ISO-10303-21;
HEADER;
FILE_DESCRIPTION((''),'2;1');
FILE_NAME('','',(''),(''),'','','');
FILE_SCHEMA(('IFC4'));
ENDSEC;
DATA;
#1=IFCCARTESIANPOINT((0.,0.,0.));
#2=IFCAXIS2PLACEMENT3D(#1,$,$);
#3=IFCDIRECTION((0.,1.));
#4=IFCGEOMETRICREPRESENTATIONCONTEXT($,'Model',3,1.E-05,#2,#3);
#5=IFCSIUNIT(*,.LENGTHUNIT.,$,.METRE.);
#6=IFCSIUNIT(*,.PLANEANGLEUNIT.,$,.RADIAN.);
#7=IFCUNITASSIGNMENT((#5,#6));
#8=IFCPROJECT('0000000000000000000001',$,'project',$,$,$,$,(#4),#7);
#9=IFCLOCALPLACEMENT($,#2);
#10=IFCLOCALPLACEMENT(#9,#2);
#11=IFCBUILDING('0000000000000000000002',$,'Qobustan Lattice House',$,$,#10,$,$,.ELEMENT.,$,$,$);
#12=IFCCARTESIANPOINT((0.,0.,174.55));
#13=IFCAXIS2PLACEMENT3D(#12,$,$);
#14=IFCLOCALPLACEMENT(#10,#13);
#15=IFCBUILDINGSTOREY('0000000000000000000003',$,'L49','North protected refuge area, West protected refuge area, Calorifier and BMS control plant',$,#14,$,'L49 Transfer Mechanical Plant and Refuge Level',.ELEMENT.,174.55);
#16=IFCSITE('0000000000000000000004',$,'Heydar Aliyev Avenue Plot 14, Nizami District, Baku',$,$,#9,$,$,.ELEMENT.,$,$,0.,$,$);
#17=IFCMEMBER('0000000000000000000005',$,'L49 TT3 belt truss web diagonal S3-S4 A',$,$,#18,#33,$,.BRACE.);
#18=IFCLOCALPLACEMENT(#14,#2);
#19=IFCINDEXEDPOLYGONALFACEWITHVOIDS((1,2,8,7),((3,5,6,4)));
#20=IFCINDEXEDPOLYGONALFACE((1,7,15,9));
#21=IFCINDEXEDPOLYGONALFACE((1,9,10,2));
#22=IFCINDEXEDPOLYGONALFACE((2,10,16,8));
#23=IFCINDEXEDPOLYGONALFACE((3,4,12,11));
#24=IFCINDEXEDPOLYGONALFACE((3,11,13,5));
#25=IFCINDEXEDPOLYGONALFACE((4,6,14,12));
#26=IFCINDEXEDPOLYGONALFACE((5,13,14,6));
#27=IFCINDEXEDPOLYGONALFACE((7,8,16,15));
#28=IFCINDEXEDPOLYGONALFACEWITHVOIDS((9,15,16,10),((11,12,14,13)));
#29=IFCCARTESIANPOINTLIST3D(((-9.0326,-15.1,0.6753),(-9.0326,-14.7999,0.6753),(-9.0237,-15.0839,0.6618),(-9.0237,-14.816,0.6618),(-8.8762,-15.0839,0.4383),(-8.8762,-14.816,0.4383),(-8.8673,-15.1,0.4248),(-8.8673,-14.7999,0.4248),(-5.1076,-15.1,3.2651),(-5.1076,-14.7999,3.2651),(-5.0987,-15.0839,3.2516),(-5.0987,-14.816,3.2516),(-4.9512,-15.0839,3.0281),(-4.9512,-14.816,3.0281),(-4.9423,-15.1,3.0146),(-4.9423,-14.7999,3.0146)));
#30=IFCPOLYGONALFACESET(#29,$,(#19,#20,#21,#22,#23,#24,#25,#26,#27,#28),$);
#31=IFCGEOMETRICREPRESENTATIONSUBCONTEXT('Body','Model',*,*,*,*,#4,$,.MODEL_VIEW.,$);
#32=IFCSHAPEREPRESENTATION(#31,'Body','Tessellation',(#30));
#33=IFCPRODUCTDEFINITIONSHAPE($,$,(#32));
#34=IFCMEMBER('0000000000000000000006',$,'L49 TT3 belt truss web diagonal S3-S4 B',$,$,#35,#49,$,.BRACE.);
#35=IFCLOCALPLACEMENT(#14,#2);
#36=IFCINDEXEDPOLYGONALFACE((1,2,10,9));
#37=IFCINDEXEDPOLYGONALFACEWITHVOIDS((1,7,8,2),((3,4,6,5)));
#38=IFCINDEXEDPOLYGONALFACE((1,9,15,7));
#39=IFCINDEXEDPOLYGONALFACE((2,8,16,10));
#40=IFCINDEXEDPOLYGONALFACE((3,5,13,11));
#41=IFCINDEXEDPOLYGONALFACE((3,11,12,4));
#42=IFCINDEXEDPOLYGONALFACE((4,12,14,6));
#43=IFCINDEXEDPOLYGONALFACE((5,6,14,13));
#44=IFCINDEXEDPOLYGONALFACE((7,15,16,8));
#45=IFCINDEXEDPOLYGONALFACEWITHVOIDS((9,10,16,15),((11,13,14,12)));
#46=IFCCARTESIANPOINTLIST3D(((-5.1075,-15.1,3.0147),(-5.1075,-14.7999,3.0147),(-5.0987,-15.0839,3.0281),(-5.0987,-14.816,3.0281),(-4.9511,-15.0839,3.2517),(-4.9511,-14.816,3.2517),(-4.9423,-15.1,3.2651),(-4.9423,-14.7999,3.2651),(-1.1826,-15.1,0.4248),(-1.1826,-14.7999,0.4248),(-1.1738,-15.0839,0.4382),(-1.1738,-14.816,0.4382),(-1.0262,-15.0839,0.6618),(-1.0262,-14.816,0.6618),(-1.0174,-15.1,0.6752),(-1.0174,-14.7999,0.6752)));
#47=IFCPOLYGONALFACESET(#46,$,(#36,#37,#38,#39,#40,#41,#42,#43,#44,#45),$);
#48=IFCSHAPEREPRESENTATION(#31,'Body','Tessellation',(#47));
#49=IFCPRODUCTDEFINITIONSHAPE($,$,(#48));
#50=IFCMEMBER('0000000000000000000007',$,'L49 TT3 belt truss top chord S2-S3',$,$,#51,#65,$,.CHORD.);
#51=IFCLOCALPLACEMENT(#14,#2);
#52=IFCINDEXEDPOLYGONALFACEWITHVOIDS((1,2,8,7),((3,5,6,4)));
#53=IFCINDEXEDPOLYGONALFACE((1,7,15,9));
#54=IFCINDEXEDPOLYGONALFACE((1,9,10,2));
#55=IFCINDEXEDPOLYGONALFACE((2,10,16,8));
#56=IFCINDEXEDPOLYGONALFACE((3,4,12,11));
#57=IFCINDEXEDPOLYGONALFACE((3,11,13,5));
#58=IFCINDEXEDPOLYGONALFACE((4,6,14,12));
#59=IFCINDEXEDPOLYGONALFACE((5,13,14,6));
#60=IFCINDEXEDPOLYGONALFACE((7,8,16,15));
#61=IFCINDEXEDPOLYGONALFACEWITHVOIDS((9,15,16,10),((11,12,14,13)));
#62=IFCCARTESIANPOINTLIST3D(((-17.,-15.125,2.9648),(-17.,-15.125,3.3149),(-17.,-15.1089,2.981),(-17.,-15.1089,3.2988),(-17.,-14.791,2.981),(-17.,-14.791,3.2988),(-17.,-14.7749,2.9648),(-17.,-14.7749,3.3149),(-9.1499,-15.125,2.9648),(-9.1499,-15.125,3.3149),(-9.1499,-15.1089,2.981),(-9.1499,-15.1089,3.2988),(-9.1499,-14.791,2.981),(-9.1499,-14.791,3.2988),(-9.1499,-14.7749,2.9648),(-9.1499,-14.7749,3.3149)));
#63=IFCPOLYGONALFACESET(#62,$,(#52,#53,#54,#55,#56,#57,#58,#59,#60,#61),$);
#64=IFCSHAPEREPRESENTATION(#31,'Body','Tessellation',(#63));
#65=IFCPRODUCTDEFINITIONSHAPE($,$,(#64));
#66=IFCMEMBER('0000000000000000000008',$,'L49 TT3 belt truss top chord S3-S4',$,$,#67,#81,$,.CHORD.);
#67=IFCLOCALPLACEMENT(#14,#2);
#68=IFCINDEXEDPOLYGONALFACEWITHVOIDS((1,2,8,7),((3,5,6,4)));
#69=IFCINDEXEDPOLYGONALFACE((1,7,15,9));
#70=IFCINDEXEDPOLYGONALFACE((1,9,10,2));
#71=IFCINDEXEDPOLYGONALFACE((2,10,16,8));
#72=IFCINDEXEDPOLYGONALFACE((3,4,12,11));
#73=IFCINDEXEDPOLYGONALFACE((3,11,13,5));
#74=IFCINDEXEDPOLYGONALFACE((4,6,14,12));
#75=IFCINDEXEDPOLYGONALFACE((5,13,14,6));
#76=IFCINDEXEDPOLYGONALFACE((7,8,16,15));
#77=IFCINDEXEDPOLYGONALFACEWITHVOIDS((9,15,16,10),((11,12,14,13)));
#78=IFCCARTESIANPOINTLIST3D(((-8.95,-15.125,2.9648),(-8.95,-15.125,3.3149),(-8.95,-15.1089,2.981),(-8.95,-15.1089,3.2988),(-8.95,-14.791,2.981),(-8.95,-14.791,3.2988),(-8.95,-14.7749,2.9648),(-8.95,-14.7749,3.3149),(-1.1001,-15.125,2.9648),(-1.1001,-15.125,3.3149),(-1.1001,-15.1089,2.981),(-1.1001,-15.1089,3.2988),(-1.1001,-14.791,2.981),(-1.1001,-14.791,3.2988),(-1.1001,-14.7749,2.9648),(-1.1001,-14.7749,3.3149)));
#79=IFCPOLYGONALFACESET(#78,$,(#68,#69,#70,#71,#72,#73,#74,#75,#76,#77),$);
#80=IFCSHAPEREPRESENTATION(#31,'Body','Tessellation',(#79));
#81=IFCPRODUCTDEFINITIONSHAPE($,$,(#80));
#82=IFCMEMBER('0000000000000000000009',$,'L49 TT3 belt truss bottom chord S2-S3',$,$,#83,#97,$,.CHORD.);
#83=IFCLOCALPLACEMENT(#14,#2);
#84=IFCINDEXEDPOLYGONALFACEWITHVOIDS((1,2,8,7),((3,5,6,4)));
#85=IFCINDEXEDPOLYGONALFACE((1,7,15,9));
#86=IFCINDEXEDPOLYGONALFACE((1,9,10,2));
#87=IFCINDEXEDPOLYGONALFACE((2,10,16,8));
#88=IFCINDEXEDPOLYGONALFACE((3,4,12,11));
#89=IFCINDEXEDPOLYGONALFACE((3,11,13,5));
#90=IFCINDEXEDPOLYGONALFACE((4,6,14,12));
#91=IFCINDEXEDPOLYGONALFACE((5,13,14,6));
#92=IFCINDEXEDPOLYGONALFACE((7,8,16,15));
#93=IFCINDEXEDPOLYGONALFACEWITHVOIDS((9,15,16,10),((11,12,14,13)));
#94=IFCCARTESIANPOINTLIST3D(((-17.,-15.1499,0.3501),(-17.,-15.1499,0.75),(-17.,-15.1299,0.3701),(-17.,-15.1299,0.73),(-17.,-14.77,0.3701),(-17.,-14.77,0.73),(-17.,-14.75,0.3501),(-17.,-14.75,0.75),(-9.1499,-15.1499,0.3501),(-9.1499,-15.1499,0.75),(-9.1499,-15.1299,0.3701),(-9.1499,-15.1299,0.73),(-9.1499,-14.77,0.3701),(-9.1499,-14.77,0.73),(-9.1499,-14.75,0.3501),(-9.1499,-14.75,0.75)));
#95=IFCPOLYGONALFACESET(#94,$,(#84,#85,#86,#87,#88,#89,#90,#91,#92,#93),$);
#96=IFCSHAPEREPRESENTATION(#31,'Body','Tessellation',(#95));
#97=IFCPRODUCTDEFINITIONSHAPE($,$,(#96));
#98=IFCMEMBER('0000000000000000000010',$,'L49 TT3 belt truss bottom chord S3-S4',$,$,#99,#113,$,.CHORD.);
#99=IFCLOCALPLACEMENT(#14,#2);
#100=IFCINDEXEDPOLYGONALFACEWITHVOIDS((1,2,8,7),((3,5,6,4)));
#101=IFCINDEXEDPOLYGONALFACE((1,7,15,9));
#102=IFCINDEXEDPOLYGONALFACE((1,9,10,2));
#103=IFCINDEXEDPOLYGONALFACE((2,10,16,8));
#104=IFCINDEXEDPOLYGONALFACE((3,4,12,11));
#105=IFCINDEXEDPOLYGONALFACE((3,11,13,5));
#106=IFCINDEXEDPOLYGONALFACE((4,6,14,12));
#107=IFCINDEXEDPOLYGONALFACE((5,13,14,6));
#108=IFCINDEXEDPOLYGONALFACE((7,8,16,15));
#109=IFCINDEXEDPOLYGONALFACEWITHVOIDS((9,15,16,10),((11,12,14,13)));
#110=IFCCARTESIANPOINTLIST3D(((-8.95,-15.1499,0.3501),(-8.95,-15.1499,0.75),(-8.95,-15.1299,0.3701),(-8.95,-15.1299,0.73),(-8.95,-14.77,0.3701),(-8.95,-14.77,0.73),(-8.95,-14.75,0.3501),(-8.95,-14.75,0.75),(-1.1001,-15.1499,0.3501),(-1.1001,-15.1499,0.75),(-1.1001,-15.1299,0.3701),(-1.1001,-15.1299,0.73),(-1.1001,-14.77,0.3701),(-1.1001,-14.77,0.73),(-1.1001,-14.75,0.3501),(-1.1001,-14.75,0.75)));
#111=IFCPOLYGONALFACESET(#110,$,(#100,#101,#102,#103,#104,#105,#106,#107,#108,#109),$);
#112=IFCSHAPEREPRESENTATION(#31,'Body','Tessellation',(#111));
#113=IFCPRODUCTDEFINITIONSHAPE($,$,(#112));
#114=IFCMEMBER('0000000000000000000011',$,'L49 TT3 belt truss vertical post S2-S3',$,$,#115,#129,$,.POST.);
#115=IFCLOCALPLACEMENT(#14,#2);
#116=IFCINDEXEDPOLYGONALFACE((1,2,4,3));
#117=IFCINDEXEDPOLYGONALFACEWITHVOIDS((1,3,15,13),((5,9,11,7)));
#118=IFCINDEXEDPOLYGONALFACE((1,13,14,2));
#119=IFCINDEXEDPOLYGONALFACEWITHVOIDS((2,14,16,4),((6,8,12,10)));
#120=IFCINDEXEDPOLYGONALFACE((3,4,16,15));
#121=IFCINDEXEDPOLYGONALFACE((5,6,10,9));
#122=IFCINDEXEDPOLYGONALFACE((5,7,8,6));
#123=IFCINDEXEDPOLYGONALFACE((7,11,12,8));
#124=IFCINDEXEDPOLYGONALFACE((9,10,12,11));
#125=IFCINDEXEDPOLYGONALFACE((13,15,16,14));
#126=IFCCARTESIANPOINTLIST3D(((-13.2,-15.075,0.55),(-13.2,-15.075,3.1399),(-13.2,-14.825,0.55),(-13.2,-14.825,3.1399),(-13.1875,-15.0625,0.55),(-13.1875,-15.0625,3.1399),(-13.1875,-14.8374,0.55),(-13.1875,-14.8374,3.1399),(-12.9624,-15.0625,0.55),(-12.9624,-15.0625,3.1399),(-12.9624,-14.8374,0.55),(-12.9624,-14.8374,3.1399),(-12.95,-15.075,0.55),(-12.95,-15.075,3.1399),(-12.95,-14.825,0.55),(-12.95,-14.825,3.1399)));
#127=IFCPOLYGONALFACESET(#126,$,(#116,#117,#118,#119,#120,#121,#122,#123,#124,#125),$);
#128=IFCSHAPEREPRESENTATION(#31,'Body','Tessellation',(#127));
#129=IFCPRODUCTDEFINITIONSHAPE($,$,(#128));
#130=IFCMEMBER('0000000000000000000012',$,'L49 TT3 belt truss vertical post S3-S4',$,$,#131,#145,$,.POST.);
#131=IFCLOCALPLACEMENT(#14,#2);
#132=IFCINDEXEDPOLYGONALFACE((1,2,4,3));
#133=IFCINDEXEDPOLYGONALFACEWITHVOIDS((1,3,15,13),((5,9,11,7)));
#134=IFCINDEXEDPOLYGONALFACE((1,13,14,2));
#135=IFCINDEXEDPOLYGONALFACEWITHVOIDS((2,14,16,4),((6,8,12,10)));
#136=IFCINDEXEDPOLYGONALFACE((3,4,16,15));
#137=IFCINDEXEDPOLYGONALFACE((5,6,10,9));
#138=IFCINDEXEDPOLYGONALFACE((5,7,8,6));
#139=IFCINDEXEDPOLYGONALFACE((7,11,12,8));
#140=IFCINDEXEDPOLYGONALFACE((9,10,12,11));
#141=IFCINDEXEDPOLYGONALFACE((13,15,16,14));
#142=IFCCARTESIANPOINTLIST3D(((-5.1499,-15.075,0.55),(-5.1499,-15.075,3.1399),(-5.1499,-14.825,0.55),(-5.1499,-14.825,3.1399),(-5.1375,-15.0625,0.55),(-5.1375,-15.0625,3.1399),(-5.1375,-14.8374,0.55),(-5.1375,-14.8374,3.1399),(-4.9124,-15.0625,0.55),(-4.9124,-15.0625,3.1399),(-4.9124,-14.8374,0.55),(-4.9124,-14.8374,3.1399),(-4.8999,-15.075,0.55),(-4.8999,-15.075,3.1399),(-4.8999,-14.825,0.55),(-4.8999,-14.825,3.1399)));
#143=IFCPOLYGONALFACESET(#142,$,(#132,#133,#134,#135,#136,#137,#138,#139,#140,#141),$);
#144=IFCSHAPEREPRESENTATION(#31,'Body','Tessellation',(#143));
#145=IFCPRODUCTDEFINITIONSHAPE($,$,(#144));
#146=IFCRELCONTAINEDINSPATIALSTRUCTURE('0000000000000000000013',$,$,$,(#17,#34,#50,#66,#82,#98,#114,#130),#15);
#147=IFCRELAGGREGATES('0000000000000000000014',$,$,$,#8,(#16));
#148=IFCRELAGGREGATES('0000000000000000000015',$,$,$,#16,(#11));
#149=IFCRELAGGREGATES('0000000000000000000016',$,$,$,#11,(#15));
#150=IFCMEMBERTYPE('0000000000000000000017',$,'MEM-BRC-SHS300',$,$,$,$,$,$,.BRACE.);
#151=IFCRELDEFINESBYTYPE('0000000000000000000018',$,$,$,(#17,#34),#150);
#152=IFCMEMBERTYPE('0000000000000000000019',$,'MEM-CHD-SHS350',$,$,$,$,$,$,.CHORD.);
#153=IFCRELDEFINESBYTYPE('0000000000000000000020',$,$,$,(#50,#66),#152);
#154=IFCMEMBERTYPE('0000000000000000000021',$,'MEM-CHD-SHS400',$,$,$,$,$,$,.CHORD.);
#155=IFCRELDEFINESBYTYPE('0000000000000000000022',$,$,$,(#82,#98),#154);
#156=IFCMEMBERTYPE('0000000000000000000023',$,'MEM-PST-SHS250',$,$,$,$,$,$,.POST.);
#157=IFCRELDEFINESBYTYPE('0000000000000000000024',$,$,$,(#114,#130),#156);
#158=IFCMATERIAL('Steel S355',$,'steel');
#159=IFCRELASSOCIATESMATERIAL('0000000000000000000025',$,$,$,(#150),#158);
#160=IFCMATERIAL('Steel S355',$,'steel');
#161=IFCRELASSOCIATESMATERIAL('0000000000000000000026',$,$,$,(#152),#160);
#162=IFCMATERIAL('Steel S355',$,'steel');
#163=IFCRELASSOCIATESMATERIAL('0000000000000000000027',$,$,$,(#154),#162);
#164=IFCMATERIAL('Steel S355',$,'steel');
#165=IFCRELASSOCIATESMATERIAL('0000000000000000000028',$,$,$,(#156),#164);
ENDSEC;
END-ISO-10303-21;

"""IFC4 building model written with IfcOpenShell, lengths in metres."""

from ifc_helpers import new_model, si_unit, direction, frame, origin, origin_2d, place, context, subcontext, project, spatial, hollow_rectangle, extrude, material, material_profile, profile_set, type_object, element, save


model = new_model("IFC4")

# Units and contexts
model_context = context("Model", 3, precision=1e-05, world=origin(), true_north=direction((0.0, 1.0)))
body_context = subcontext(model_context, "Body", "Model", "MODEL_VIEW")
ifc_project = project(units=[si_unit("LENGTHUNIT", "METRE"), si_unit("PLANEANGLEUNIT", "RADIAN")], contexts=[model_context])

# Site, building, storey
site_placement = place(None, origin())
site = spatial("IfcSite", under=ifc_project, at=site_placement, Name="Heydar Aliyev Avenue Plot 14, Nizami District, Baku", CompositionType="ELEMENT", RefElevation=0.0)
building_placement = place(site_placement, origin())
building = spatial("IfcBuilding", under=site, at=building_placement, Name="Qobustan Lattice House", CompositionType="ELEMENT")
storey_placement = place(building_placement, frame((0.0, 0.0, 174.55)))
storey = spatial("IfcBuildingStorey", under=building, at=storey_placement, Name="L49", Description="North protected refuge area, West protected refuge area, Calorifier and BMS control plant", LongName="L49 Transfer Mechanical Plant and Refuge Level", CompositionType="ELEMENT", Elevation=174.55)

# Members
ifc_material_1 = material(Name="Steel S355", Category="steel")
ifc_material_profile_1 = material_profile(ifc_material_1, hollow_rectangle(XDim=0.3, YDim=0.3, WallThickness=0.0161, at=origin_2d()), Name="SHS300x300x16")
ifc_profile_set_1 = profile_set([ifc_material_profile_1], Name="Steel S355")
member_type_1 = type_object("IfcMemberType", Name="MEM-BRC-SHS300", PredefinedType="BRACE", material=ifc_profile_set_1)
for number, where, z_axis, x_axis, name in (
    (1, (-8.95, -14.95, 0.55), (0.834677, 0.0, 0.55074), (0.0, 1.0, 0.0), "L49 TT3 belt truss web diagonal S3-S4 A"),
    (2, (-5.0249, -14.95, 3.1399), (0.834661, 0.0, -0.550764), (0.0, 1.0, 0.0), "L49 TT3 belt truss web diagonal S3-S4 B"),
):
    element("IfcMember", number, at=place(storey_placement, frame(where, z_axis=z_axis, x_axis=x_axis)), inside=storey, type_object=member_type_1, Name=name, PredefinedType="BRACE", context=body_context, shape_type="SweptSolid", body=[
        extrude(hollow_rectangle(XDim=0.3, YDim=0.3, WallThickness=0.0161, at=origin_2d()), origin(), (0.0, 0.0, 1.0), 4.7024),
    ])
ifc_material_2 = material(Name="Steel S355", Category="steel")
ifc_material_profile_2 = material_profile(ifc_material_2, hollow_rectangle(XDim=0.3501, YDim=0.3501, WallThickness=0.0161, at=origin_2d()), Name="SHS350x350x16")
ifc_profile_set_2 = profile_set([ifc_material_profile_2], Name="Steel S355")
member_type_2 = type_object("IfcMemberType", Name="MEM-CHD-SHS350", PredefinedType="CHORD", material=ifc_profile_set_2)
member_1_placement = place(storey_placement, frame((-17.0, -14.95, 3.1399), z_axis=(1.0, 0.0, 0.0), x_axis=(0.0, 1.0, 0.0)))
element("IfcMember", 3, at=member_1_placement, inside=storey, type_object=member_type_2, Name="L49 TT3 belt truss top chord S2-S3", PredefinedType="CHORD", context=body_context, shape_type="SweptSolid", body=[
    extrude(hollow_rectangle(XDim=0.3501, YDim=0.3501, WallThickness=0.0161, at=origin_2d()), origin(), (0.0, 0.0, 1.0), 7.8501),
])
member_2_placement = place(storey_placement, frame((-8.95, -14.95, 3.1399), z_axis=(1.0, 0.0, 0.0), x_axis=(0.0, 1.0, 0.0)))
element("IfcMember", 4, at=member_2_placement, inside=storey, type_object=member_type_2, Name="L49 TT3 belt truss top chord S3-S4", PredefinedType="CHORD", context=body_context, shape_type="SweptSolid", body=[
    extrude(hollow_rectangle(XDim=0.3501, YDim=0.3501, WallThickness=0.0161, at=origin_2d()), origin(), (0.0, 0.0, 1.0), 7.8499),
])
ifc_material_3 = material(Name="Steel S355", Category="steel")
ifc_material_profile_3 = material_profile(ifc_material_3, hollow_rectangle(XDim=0.3999, YDim=0.3999, WallThickness=0.02, at=origin_2d()), Name="SHS400x400x20")
ifc_profile_set_3 = profile_set([ifc_material_profile_3], Name="Steel S355")
member_type_3 = type_object("IfcMemberType", Name="MEM-CHD-SHS400", PredefinedType="CHORD", material=ifc_profile_set_3)
member_3_placement = place(storey_placement, frame((-17.0, -14.95, 0.55), z_axis=(1.0, 0.0, 0.0), x_axis=(0.0, 1.0, 0.0)))
element("IfcMember", 5, at=member_3_placement, inside=storey, type_object=member_type_3, Name="L49 TT3 belt truss bottom chord S2-S3", PredefinedType="CHORD", context=body_context, shape_type="SweptSolid", body=[
    extrude(hollow_rectangle(XDim=0.3999, YDim=0.3999, WallThickness=0.02, at=origin_2d()), origin(), (0.0, 0.0, 1.0), 7.8501),
])
member_4_placement = place(storey_placement, frame((-8.95, -14.95, 0.55), z_axis=(1.0, 0.0, 0.0), x_axis=(0.0, 1.0, 0.0)))
element("IfcMember", 6, at=member_4_placement, inside=storey, type_object=member_type_3, Name="L49 TT3 belt truss bottom chord S3-S4", PredefinedType="CHORD", context=body_context, shape_type="SweptSolid", body=[
    extrude(hollow_rectangle(XDim=0.3999, YDim=0.3999, WallThickness=0.02, at=origin_2d()), origin(), (0.0, 0.0, 1.0), 7.8499),
])
ifc_material_4 = material(Name="Steel S355", Category="steel")
ifc_material_profile_4 = material_profile(ifc_material_4, hollow_rectangle(XDim=0.25, YDim=0.25, WallThickness=0.0125, at=origin_2d()), Name="SHS250x250x12.5")
ifc_profile_set_4 = profile_set([ifc_material_profile_4], Name="Steel S355")
member_type_4 = type_object("IfcMemberType", Name="MEM-PST-SHS250", PredefinedType="POST", material=ifc_profile_set_4)
for number, where, z_axis, x_axis, name in (
    (7, (-13.075, -14.95, 0.55), (0.0, 0.0, 1.0), (1.0, 0.0, 0.0), "L49 TT3 belt truss vertical post S2-S3"),
    (8, (-5.0249, -14.95, 0.55), (0.0, 0.0, 1.0), (1.0, 0.0, 0.0), "L49 TT3 belt truss vertical post S3-S4"),
):
    element("IfcMember", number, at=place(storey_placement, frame(where, z_axis=z_axis, x_axis=x_axis)), inside=storey, type_object=member_type_4, Name=name, PredefinedType="POST", context=body_context, shape_type="SweptSolid", body=[
        extrude(hollow_rectangle(XDim=0.25, YDim=0.25, WallThickness=0.0125, at=origin_2d()), origin(), (0.0, 0.0, 1.0), 2.5898),
    ])

save(model, "model.ifc")
